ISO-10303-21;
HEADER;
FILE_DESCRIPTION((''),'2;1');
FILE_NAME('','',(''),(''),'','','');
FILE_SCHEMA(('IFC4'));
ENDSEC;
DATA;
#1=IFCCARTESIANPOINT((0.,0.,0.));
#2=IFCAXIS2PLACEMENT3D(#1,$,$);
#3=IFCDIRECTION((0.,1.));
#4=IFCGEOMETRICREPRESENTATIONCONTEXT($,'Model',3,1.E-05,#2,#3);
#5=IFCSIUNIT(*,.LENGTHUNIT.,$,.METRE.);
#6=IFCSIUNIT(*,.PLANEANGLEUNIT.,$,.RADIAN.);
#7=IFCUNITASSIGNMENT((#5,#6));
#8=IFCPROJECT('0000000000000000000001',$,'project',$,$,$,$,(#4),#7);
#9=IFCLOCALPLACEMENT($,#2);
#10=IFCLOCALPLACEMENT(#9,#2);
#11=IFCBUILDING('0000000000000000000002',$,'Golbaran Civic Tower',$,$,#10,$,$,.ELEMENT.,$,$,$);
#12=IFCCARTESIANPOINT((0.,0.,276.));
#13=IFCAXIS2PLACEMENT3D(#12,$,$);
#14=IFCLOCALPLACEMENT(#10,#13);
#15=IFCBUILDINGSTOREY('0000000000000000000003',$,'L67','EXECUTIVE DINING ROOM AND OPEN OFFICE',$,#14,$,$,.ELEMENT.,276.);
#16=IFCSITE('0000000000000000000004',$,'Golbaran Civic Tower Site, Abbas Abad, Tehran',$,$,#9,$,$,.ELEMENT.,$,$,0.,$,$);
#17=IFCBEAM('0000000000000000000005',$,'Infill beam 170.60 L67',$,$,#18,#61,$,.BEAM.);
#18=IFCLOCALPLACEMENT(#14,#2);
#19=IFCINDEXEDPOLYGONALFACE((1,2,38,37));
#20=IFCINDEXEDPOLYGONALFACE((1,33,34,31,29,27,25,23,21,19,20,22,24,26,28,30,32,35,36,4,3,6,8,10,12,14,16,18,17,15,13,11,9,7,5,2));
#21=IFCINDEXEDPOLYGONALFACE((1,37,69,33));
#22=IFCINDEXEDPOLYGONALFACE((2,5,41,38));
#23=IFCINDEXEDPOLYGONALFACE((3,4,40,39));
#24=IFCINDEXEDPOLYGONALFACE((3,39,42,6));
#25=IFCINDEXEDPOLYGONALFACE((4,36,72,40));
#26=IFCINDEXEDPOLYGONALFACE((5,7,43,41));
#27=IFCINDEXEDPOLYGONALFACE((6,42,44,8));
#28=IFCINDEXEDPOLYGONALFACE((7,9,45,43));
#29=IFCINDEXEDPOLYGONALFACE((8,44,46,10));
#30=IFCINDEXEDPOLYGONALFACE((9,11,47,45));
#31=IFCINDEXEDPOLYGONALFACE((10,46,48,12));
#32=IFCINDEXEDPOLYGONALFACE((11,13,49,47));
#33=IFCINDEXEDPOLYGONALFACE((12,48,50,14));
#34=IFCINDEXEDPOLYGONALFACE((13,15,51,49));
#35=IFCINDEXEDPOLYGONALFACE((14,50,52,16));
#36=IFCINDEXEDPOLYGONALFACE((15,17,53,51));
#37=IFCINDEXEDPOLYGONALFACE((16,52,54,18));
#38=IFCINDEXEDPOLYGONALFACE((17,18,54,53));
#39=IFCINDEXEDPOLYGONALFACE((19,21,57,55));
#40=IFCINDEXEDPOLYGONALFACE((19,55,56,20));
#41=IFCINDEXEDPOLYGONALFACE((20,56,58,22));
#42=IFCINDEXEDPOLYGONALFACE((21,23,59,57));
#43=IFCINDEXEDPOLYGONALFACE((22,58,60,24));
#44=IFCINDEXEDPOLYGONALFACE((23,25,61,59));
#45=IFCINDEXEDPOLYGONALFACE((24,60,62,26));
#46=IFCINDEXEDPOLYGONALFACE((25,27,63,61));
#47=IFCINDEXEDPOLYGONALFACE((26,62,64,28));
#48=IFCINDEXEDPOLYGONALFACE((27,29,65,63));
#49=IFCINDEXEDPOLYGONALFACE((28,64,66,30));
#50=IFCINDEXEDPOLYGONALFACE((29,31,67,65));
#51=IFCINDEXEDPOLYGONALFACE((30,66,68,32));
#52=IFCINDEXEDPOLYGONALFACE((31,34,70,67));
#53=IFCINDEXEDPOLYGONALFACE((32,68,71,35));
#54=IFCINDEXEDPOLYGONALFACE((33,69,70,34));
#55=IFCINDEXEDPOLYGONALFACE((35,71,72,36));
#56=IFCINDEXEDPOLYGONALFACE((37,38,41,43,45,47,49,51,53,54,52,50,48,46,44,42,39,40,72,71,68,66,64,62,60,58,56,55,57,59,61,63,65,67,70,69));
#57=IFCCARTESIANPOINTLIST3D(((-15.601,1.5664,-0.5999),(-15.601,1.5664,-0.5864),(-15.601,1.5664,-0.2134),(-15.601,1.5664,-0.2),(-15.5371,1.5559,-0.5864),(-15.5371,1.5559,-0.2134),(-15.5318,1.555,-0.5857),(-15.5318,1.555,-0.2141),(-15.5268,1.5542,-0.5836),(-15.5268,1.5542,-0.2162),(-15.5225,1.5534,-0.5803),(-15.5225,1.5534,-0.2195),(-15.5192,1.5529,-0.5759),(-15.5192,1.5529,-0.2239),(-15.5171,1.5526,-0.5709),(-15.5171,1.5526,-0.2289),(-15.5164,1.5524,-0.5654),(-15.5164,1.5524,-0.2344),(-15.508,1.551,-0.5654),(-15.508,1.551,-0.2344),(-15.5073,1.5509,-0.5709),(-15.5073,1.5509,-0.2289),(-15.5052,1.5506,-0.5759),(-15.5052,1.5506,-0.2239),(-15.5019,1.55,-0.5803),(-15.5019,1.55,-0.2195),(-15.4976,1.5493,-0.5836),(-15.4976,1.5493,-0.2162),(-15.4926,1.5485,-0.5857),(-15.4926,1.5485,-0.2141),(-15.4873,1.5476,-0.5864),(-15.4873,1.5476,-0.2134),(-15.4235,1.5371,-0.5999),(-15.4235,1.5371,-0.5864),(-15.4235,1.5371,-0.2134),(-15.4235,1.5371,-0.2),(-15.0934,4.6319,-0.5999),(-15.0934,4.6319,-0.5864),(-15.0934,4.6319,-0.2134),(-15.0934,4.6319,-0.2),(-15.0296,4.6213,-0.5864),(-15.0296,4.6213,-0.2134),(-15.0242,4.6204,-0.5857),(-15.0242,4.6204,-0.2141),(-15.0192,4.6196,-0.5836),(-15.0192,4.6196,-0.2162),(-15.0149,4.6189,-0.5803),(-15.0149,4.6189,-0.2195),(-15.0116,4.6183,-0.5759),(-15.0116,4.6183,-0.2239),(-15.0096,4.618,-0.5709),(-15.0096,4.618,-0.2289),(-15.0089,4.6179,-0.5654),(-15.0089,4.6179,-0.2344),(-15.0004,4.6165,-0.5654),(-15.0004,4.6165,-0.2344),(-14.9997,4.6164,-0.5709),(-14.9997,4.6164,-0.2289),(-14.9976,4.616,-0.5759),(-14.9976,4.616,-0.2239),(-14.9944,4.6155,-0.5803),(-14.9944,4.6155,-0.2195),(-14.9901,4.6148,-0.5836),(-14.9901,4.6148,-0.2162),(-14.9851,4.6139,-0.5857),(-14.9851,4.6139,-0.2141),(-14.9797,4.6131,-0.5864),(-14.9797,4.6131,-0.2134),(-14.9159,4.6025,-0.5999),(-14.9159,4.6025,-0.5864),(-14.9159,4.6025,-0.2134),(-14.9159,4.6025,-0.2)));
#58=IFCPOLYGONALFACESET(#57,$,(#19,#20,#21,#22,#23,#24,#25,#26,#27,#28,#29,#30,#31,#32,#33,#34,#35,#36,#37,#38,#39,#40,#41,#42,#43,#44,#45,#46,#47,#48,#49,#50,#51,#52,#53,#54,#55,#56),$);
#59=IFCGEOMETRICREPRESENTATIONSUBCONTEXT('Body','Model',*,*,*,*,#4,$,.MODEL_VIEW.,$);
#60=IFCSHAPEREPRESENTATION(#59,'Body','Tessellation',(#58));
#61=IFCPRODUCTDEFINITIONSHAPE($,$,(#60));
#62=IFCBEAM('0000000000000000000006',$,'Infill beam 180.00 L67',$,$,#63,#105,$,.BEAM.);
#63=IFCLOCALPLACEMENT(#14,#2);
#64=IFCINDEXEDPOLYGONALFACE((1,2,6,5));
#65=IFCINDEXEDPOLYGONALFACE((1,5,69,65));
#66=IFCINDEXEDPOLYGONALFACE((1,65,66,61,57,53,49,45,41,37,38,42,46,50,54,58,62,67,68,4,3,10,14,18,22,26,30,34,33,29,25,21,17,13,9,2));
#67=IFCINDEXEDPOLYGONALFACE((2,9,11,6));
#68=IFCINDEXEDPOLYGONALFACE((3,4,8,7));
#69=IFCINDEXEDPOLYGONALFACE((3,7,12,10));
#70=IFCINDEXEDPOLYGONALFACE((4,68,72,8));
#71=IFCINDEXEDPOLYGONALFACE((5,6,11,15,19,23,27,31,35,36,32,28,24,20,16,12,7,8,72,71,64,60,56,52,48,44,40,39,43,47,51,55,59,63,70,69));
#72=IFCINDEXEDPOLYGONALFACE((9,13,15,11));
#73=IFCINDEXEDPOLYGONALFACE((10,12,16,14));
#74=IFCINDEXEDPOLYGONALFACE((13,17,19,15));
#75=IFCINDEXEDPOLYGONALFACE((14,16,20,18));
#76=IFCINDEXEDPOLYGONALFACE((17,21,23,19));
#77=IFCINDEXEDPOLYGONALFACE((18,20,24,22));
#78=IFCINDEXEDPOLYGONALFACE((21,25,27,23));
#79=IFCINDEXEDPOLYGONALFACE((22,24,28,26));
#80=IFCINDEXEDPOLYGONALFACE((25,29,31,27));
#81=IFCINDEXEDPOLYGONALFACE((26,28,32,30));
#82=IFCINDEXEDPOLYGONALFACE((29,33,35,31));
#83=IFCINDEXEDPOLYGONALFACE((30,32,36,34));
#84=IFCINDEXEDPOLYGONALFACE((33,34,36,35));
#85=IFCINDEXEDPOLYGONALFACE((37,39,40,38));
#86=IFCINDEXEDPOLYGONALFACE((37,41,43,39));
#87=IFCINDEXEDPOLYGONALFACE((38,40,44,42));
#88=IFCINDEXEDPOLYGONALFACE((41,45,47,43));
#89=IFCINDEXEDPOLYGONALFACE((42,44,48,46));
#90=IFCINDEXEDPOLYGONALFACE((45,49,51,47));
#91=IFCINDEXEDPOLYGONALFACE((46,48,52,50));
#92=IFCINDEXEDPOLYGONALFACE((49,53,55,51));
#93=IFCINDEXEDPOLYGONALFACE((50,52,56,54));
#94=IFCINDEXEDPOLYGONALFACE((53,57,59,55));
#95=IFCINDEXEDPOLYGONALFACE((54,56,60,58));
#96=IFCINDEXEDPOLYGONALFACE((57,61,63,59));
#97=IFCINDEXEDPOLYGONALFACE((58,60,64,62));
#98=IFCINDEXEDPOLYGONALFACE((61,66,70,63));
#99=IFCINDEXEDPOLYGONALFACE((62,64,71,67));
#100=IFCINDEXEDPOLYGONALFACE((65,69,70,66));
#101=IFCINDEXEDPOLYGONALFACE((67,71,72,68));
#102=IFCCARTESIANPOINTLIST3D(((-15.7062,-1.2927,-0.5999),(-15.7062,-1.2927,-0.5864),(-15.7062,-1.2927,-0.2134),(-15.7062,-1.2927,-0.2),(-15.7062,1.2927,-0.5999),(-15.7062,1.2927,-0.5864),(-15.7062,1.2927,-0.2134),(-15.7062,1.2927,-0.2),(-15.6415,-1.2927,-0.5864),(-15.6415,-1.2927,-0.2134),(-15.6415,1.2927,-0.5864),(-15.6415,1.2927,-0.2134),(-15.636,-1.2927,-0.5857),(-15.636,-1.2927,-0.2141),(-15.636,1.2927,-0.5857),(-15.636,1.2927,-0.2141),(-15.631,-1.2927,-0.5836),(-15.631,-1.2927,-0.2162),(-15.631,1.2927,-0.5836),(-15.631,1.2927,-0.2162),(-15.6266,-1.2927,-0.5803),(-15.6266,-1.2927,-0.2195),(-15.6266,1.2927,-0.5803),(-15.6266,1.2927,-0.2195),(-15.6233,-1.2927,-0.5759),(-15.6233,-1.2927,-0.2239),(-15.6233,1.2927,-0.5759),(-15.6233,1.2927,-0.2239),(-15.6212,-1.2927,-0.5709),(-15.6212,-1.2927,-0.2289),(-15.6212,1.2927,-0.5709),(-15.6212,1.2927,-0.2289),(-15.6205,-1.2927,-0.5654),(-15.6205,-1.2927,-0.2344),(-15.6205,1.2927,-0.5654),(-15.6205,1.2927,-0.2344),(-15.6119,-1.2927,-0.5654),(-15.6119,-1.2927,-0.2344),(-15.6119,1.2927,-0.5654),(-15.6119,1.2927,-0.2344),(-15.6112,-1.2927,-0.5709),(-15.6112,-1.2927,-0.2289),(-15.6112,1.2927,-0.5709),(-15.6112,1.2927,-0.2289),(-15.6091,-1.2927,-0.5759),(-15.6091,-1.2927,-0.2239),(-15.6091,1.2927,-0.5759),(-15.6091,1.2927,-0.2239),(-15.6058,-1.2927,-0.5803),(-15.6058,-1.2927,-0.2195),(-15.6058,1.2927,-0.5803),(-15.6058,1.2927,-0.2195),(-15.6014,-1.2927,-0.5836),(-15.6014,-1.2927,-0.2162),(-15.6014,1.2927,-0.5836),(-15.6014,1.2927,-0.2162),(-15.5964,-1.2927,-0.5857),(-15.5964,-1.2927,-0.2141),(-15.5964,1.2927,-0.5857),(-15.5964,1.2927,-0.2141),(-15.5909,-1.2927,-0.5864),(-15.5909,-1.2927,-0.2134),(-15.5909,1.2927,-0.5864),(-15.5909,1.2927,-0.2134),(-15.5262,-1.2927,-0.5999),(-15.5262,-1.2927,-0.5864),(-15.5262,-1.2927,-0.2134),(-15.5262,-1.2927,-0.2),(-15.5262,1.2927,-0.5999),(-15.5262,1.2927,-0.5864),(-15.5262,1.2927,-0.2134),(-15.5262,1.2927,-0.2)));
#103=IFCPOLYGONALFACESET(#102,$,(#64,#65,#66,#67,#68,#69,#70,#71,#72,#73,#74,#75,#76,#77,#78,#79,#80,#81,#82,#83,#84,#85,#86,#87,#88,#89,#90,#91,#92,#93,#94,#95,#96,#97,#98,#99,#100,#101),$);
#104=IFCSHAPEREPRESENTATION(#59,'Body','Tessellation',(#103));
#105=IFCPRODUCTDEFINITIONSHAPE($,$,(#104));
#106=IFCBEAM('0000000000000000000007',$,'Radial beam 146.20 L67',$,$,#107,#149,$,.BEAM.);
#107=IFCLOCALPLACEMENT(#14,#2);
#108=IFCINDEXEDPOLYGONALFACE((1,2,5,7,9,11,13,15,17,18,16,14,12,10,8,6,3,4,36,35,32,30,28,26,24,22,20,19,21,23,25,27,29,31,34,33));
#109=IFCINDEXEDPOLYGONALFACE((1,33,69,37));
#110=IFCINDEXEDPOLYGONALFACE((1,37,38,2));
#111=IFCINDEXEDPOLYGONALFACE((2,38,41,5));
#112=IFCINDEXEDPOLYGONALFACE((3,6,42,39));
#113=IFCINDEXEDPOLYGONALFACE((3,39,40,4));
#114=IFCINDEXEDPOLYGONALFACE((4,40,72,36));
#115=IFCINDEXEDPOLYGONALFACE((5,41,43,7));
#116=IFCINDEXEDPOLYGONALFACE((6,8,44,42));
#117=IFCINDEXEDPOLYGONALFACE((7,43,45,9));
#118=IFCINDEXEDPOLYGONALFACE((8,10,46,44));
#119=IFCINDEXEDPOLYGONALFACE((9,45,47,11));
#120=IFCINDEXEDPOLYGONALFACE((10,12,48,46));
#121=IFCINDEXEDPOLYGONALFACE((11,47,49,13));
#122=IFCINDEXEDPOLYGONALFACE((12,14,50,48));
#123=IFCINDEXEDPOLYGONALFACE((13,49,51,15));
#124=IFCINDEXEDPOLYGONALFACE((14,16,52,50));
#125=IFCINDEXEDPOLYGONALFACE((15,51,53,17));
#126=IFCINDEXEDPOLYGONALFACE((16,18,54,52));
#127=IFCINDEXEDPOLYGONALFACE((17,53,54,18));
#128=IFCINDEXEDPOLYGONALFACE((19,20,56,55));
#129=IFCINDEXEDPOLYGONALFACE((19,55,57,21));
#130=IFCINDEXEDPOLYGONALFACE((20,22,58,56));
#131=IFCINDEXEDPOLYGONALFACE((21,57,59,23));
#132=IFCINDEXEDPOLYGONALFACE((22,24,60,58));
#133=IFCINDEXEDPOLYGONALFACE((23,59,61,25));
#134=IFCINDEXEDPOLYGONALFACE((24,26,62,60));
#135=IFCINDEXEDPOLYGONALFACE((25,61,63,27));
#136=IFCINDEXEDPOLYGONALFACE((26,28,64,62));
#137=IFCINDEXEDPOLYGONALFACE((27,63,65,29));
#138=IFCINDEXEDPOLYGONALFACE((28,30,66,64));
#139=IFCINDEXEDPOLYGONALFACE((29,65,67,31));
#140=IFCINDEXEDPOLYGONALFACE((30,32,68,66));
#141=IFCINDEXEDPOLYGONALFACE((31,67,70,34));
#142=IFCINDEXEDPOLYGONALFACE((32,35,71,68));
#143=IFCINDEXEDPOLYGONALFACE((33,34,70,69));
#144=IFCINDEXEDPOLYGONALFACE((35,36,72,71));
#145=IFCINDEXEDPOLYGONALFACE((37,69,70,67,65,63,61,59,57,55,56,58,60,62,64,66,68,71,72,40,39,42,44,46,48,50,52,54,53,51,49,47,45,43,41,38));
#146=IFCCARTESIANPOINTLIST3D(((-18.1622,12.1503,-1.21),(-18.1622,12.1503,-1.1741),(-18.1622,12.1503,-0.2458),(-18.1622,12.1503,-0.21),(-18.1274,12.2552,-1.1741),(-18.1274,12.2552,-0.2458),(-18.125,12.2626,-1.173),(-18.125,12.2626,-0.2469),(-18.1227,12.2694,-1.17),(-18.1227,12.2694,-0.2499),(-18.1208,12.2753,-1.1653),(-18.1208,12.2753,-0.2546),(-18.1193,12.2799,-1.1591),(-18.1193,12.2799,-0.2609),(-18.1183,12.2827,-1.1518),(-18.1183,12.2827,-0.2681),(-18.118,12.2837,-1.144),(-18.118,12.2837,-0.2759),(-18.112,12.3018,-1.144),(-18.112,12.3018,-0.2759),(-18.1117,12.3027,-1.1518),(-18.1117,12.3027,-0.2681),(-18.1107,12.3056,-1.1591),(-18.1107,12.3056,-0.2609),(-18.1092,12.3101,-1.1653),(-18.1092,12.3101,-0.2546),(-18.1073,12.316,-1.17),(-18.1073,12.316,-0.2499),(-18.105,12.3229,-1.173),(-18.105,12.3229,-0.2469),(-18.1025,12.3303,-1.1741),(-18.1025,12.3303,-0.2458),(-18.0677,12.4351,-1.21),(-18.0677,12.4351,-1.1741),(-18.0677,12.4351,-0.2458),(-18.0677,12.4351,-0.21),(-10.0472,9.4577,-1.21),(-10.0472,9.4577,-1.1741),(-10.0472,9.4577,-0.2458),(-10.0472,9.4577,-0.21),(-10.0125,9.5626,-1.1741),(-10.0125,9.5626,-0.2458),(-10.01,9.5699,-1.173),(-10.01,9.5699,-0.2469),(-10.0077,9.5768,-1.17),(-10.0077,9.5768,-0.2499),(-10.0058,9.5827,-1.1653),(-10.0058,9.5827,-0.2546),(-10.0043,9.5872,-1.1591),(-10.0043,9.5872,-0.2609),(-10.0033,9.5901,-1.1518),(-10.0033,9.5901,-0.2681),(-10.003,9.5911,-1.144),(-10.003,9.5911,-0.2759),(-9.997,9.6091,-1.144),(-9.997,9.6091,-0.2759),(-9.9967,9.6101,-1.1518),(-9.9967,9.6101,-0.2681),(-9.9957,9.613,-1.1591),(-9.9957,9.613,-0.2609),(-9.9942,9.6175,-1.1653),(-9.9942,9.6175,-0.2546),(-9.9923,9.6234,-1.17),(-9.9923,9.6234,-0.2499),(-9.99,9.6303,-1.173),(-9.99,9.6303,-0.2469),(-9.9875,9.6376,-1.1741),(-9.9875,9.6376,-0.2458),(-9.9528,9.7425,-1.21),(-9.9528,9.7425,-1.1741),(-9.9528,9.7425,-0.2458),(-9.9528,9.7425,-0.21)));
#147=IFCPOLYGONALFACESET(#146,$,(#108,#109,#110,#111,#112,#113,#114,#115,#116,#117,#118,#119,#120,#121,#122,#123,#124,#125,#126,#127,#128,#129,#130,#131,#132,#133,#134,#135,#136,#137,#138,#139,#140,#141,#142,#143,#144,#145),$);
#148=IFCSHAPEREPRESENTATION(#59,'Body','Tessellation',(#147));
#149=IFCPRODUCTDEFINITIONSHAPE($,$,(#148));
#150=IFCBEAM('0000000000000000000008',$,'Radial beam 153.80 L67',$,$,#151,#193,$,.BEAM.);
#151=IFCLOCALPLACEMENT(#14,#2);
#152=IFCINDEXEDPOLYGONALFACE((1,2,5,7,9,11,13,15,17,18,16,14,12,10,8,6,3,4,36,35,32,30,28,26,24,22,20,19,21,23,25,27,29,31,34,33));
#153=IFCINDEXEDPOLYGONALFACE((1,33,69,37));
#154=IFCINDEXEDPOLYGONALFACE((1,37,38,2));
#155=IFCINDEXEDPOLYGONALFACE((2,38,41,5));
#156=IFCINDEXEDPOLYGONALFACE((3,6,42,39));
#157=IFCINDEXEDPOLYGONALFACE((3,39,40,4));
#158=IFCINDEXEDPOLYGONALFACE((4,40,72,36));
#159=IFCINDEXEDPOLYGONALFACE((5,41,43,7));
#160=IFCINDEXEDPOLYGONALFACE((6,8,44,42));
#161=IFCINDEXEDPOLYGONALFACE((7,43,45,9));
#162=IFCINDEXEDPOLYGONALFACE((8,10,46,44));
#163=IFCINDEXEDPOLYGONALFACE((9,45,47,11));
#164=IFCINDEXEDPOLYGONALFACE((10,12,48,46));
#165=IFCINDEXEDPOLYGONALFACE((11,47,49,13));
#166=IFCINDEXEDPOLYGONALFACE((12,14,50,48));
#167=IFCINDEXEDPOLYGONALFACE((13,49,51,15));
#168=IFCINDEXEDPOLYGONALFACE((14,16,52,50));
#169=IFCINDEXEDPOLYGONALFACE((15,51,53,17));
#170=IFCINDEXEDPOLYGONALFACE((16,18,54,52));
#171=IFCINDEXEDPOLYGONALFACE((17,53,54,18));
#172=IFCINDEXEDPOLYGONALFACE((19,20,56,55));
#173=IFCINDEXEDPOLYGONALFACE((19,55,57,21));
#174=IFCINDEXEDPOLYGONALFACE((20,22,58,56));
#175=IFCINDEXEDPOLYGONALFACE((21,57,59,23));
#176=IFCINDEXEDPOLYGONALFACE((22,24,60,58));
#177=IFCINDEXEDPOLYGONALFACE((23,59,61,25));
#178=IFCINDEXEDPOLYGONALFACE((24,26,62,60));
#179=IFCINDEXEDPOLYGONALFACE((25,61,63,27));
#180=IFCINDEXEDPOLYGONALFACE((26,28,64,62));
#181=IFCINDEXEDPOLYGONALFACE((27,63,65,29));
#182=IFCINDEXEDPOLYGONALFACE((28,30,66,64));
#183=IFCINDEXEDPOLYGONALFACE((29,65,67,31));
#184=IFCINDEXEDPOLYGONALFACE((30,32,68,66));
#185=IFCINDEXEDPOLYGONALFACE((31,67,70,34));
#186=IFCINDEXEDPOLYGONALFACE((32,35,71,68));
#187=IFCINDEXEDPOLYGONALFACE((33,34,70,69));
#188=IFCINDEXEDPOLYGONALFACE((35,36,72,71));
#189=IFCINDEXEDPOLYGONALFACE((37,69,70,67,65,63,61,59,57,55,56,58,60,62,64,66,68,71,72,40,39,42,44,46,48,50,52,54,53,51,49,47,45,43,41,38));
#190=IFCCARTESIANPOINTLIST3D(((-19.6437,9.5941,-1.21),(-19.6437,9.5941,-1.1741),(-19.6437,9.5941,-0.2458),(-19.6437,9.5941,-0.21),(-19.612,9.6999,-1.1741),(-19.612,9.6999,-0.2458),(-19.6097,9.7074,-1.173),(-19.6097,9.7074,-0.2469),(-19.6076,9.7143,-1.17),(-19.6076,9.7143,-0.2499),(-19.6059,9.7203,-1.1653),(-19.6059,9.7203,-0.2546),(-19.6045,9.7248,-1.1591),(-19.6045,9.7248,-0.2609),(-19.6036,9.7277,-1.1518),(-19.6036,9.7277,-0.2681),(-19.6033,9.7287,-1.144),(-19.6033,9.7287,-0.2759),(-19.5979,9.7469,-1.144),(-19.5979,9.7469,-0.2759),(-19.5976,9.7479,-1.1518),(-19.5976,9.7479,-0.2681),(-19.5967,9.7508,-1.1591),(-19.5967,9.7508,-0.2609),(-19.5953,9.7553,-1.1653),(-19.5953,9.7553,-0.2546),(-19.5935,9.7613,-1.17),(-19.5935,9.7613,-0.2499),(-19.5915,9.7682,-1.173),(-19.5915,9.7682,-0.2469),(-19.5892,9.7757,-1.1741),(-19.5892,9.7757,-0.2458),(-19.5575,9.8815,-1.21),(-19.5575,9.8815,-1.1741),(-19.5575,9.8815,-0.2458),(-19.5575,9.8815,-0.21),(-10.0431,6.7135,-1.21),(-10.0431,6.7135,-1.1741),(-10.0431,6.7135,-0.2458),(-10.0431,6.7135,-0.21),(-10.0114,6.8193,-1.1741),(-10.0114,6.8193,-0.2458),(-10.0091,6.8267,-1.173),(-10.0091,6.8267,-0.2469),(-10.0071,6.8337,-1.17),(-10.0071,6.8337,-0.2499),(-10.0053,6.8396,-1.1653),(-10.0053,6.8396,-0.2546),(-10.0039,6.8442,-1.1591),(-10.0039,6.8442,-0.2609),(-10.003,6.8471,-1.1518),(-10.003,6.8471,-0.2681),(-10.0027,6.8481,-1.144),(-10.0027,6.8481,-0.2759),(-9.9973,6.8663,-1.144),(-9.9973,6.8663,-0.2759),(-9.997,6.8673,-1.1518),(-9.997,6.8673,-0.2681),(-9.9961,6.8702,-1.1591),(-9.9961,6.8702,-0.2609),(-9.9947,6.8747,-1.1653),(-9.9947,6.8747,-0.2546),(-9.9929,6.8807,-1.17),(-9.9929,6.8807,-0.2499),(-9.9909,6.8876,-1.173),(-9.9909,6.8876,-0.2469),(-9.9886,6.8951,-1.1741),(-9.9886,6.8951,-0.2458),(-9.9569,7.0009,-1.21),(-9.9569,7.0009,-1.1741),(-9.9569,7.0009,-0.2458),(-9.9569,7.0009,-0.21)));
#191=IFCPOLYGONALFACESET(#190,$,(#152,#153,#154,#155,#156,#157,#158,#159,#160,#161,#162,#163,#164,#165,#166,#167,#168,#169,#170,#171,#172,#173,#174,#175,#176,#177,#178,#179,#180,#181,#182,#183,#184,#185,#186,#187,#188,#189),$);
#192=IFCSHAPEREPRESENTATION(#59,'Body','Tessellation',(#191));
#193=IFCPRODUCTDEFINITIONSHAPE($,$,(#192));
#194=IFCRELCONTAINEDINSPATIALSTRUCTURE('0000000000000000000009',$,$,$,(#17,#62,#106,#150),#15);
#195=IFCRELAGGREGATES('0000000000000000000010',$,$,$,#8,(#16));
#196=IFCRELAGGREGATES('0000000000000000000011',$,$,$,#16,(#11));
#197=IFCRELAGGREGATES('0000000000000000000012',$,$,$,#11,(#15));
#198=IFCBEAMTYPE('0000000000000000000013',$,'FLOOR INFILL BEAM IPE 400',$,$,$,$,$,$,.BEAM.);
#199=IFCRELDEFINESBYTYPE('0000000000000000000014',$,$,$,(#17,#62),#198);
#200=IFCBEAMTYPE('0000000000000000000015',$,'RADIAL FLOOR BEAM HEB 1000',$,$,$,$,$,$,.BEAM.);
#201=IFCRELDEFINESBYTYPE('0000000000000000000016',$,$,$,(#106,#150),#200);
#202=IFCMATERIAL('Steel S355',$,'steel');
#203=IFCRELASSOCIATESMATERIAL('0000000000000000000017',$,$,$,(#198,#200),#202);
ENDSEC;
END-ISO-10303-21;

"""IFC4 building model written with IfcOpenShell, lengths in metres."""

from ifc_helpers import new_model, si_unit, direction, frame, origin, origin_2d, place, context, subcontext, project, spatial, i_section, extrude, material, material_profile, profile_set, type_object, element, save


model = new_model("IFC4")

# Units and contexts
model_context = context("Model", 3, precision=1e-05, world=origin(), true_north=direction((0.0, 1.0)))
body_context = subcontext(model_context, "Body", "Model", "MODEL_VIEW")
ifc_project = project(units=[si_unit("LENGTHUNIT", "METRE"), si_unit("PLANEANGLEUNIT", "RADIAN")], contexts=[model_context])

# Site, building, storey
site_placement = place(None, origin())
site = spatial("IfcSite", under=ifc_project, at=site_placement, Name="Golbaran Civic Tower Site, Abbas Abad, Tehran", CompositionType="ELEMENT", RefElevation=0.0)
building_placement = place(site_placement, origin())
building = spatial("IfcBuilding", under=site, at=building_placement, Name="Golbaran Civic Tower", CompositionType="ELEMENT")
storey_placement = place(building_placement, frame((0.0, 0.0, 276.0)))
storey = spatial("IfcBuildingStorey", under=building, at=storey_placement, Name="L67", Description="EXECUTIVE DINING ROOM AND OPEN OFFICE", CompositionType="ELEMENT", Elevation=276.0)

# Beams
ifc_material_1 = material(Name="Steel S355", Category="steel")
ifc_material_profile_1 = material_profile(ifc_material_1, i_section(OverallWidth=0.1799, OverallDepth=0.3999, WebThickness=0.0085, FlangeThickness=0.0134, FilletRadius=0.021, at=origin_2d()), Name="IPE 400")
ifc_profile_set_1 = profile_set([ifc_material_profile_1], Name="Steel S355")
beam_type_1 = type_object("IfcBeamType", Name="FLOOR INFILL BEAM IPE 400", PredefinedType="BEAM", material=ifc_profile_set_1)
beam_1_placement = place(storey_placement, frame((-15.0046, 4.6172, -0.3999), z_axis=(-0.163354, -0.986568, 0.0), x_axis=(0.986568, -0.163354, 0.0)))
element("IfcBeam", 1, at=beam_1_placement, inside=storey, type_object=beam_type_1, Name="Infill beam 170.60 L67", PredefinedType="BEAM", context=body_context, shape_type="SweptSolid", body=[
    extrude(i_section(OverallWidth=0.1799, OverallDepth=0.3999, WebThickness=0.0085, FlangeThickness=0.0134, FilletRadius=0.021, at=origin_2d()), origin(), (0.0, 0.0, 1.0), 3.1072),
])
beam_2_placement = place(storey_placement, frame((-15.6162, 1.2927, -0.3999), z_axis=(0.0, -1.0, 0.0), x_axis=(1.0, 0.0, 0.0)))
element("IfcBeam", 2, at=beam_2_placement, inside=storey, type_object=beam_type_1, Name="Infill beam 180.00 L67", PredefinedType="BEAM", context=body_context, shape_type="SweptSolid", body=[
    extrude(i_section(OverallWidth=0.1799, OverallDepth=0.3999, WebThickness=0.0085, FlangeThickness=0.0134, FilletRadius=0.021, at=origin_2d()), origin(), (0.0, 0.0, 1.0), 2.5854),
])
ifc_material_profile_2 = material_profile(ifc_material_1, i_section(OverallWidth=0.3, OverallDepth=1.0, WebThickness=0.019, FlangeThickness=0.0359, FilletRadius=0.03, at=origin_2d()), Name="HEB 1000")
ifc_profile_set_2 = profile_set([ifc_material_profile_2], Name="Steel S355")
beam_type_2 = type_object("IfcBeamType", Name="RADIAL FLOOR BEAM HEB 1000", PredefinedType="BEAM", material=ifc_profile_set_2)
beam_3_placement = place(storey_placement, frame((-10.0, 9.6001, -0.71), z_axis=(-0.949116, 0.314925, 0.0), x_axis=(-0.314925, -0.949116, 0.0)))
element("IfcBeam", 3, at=beam_3_placement, inside=storey, type_object=beam_type_2, Name="Radial beam 146.20 L67", PredefinedType="BEAM", context=body_context, shape_type="SweptSolid", body=[
    extrude(i_section(OverallWidth=0.3, OverallDepth=1.0, WebThickness=0.019, FlangeThickness=0.0359, FilletRadius=0.03, at=origin_2d()), origin(), (0.0, 0.0, 1.0), 8.55),
])
beam_4_placement = place(storey_placement, frame((-10.0, 6.8572, -0.71), z_axis=(-0.957814, 0.287388, 0.0), x_axis=(-0.287388, -0.957814, 0.0)))
element("IfcBeam", 4, at=beam_4_placement, inside=storey, type_object=beam_type_2, Name="Radial beam 153.80 L67", PredefinedType="BEAM", context=body_context, shape_type="SweptSolid", body=[
    extrude(i_section(OverallWidth=0.3, OverallDepth=1.0, WebThickness=0.019, FlangeThickness=0.0359, FilletRadius=0.03, at=origin_2d()), origin(), (0.0, 0.0, 1.0), 10.0234),
])

save(model, "model.ifc")
